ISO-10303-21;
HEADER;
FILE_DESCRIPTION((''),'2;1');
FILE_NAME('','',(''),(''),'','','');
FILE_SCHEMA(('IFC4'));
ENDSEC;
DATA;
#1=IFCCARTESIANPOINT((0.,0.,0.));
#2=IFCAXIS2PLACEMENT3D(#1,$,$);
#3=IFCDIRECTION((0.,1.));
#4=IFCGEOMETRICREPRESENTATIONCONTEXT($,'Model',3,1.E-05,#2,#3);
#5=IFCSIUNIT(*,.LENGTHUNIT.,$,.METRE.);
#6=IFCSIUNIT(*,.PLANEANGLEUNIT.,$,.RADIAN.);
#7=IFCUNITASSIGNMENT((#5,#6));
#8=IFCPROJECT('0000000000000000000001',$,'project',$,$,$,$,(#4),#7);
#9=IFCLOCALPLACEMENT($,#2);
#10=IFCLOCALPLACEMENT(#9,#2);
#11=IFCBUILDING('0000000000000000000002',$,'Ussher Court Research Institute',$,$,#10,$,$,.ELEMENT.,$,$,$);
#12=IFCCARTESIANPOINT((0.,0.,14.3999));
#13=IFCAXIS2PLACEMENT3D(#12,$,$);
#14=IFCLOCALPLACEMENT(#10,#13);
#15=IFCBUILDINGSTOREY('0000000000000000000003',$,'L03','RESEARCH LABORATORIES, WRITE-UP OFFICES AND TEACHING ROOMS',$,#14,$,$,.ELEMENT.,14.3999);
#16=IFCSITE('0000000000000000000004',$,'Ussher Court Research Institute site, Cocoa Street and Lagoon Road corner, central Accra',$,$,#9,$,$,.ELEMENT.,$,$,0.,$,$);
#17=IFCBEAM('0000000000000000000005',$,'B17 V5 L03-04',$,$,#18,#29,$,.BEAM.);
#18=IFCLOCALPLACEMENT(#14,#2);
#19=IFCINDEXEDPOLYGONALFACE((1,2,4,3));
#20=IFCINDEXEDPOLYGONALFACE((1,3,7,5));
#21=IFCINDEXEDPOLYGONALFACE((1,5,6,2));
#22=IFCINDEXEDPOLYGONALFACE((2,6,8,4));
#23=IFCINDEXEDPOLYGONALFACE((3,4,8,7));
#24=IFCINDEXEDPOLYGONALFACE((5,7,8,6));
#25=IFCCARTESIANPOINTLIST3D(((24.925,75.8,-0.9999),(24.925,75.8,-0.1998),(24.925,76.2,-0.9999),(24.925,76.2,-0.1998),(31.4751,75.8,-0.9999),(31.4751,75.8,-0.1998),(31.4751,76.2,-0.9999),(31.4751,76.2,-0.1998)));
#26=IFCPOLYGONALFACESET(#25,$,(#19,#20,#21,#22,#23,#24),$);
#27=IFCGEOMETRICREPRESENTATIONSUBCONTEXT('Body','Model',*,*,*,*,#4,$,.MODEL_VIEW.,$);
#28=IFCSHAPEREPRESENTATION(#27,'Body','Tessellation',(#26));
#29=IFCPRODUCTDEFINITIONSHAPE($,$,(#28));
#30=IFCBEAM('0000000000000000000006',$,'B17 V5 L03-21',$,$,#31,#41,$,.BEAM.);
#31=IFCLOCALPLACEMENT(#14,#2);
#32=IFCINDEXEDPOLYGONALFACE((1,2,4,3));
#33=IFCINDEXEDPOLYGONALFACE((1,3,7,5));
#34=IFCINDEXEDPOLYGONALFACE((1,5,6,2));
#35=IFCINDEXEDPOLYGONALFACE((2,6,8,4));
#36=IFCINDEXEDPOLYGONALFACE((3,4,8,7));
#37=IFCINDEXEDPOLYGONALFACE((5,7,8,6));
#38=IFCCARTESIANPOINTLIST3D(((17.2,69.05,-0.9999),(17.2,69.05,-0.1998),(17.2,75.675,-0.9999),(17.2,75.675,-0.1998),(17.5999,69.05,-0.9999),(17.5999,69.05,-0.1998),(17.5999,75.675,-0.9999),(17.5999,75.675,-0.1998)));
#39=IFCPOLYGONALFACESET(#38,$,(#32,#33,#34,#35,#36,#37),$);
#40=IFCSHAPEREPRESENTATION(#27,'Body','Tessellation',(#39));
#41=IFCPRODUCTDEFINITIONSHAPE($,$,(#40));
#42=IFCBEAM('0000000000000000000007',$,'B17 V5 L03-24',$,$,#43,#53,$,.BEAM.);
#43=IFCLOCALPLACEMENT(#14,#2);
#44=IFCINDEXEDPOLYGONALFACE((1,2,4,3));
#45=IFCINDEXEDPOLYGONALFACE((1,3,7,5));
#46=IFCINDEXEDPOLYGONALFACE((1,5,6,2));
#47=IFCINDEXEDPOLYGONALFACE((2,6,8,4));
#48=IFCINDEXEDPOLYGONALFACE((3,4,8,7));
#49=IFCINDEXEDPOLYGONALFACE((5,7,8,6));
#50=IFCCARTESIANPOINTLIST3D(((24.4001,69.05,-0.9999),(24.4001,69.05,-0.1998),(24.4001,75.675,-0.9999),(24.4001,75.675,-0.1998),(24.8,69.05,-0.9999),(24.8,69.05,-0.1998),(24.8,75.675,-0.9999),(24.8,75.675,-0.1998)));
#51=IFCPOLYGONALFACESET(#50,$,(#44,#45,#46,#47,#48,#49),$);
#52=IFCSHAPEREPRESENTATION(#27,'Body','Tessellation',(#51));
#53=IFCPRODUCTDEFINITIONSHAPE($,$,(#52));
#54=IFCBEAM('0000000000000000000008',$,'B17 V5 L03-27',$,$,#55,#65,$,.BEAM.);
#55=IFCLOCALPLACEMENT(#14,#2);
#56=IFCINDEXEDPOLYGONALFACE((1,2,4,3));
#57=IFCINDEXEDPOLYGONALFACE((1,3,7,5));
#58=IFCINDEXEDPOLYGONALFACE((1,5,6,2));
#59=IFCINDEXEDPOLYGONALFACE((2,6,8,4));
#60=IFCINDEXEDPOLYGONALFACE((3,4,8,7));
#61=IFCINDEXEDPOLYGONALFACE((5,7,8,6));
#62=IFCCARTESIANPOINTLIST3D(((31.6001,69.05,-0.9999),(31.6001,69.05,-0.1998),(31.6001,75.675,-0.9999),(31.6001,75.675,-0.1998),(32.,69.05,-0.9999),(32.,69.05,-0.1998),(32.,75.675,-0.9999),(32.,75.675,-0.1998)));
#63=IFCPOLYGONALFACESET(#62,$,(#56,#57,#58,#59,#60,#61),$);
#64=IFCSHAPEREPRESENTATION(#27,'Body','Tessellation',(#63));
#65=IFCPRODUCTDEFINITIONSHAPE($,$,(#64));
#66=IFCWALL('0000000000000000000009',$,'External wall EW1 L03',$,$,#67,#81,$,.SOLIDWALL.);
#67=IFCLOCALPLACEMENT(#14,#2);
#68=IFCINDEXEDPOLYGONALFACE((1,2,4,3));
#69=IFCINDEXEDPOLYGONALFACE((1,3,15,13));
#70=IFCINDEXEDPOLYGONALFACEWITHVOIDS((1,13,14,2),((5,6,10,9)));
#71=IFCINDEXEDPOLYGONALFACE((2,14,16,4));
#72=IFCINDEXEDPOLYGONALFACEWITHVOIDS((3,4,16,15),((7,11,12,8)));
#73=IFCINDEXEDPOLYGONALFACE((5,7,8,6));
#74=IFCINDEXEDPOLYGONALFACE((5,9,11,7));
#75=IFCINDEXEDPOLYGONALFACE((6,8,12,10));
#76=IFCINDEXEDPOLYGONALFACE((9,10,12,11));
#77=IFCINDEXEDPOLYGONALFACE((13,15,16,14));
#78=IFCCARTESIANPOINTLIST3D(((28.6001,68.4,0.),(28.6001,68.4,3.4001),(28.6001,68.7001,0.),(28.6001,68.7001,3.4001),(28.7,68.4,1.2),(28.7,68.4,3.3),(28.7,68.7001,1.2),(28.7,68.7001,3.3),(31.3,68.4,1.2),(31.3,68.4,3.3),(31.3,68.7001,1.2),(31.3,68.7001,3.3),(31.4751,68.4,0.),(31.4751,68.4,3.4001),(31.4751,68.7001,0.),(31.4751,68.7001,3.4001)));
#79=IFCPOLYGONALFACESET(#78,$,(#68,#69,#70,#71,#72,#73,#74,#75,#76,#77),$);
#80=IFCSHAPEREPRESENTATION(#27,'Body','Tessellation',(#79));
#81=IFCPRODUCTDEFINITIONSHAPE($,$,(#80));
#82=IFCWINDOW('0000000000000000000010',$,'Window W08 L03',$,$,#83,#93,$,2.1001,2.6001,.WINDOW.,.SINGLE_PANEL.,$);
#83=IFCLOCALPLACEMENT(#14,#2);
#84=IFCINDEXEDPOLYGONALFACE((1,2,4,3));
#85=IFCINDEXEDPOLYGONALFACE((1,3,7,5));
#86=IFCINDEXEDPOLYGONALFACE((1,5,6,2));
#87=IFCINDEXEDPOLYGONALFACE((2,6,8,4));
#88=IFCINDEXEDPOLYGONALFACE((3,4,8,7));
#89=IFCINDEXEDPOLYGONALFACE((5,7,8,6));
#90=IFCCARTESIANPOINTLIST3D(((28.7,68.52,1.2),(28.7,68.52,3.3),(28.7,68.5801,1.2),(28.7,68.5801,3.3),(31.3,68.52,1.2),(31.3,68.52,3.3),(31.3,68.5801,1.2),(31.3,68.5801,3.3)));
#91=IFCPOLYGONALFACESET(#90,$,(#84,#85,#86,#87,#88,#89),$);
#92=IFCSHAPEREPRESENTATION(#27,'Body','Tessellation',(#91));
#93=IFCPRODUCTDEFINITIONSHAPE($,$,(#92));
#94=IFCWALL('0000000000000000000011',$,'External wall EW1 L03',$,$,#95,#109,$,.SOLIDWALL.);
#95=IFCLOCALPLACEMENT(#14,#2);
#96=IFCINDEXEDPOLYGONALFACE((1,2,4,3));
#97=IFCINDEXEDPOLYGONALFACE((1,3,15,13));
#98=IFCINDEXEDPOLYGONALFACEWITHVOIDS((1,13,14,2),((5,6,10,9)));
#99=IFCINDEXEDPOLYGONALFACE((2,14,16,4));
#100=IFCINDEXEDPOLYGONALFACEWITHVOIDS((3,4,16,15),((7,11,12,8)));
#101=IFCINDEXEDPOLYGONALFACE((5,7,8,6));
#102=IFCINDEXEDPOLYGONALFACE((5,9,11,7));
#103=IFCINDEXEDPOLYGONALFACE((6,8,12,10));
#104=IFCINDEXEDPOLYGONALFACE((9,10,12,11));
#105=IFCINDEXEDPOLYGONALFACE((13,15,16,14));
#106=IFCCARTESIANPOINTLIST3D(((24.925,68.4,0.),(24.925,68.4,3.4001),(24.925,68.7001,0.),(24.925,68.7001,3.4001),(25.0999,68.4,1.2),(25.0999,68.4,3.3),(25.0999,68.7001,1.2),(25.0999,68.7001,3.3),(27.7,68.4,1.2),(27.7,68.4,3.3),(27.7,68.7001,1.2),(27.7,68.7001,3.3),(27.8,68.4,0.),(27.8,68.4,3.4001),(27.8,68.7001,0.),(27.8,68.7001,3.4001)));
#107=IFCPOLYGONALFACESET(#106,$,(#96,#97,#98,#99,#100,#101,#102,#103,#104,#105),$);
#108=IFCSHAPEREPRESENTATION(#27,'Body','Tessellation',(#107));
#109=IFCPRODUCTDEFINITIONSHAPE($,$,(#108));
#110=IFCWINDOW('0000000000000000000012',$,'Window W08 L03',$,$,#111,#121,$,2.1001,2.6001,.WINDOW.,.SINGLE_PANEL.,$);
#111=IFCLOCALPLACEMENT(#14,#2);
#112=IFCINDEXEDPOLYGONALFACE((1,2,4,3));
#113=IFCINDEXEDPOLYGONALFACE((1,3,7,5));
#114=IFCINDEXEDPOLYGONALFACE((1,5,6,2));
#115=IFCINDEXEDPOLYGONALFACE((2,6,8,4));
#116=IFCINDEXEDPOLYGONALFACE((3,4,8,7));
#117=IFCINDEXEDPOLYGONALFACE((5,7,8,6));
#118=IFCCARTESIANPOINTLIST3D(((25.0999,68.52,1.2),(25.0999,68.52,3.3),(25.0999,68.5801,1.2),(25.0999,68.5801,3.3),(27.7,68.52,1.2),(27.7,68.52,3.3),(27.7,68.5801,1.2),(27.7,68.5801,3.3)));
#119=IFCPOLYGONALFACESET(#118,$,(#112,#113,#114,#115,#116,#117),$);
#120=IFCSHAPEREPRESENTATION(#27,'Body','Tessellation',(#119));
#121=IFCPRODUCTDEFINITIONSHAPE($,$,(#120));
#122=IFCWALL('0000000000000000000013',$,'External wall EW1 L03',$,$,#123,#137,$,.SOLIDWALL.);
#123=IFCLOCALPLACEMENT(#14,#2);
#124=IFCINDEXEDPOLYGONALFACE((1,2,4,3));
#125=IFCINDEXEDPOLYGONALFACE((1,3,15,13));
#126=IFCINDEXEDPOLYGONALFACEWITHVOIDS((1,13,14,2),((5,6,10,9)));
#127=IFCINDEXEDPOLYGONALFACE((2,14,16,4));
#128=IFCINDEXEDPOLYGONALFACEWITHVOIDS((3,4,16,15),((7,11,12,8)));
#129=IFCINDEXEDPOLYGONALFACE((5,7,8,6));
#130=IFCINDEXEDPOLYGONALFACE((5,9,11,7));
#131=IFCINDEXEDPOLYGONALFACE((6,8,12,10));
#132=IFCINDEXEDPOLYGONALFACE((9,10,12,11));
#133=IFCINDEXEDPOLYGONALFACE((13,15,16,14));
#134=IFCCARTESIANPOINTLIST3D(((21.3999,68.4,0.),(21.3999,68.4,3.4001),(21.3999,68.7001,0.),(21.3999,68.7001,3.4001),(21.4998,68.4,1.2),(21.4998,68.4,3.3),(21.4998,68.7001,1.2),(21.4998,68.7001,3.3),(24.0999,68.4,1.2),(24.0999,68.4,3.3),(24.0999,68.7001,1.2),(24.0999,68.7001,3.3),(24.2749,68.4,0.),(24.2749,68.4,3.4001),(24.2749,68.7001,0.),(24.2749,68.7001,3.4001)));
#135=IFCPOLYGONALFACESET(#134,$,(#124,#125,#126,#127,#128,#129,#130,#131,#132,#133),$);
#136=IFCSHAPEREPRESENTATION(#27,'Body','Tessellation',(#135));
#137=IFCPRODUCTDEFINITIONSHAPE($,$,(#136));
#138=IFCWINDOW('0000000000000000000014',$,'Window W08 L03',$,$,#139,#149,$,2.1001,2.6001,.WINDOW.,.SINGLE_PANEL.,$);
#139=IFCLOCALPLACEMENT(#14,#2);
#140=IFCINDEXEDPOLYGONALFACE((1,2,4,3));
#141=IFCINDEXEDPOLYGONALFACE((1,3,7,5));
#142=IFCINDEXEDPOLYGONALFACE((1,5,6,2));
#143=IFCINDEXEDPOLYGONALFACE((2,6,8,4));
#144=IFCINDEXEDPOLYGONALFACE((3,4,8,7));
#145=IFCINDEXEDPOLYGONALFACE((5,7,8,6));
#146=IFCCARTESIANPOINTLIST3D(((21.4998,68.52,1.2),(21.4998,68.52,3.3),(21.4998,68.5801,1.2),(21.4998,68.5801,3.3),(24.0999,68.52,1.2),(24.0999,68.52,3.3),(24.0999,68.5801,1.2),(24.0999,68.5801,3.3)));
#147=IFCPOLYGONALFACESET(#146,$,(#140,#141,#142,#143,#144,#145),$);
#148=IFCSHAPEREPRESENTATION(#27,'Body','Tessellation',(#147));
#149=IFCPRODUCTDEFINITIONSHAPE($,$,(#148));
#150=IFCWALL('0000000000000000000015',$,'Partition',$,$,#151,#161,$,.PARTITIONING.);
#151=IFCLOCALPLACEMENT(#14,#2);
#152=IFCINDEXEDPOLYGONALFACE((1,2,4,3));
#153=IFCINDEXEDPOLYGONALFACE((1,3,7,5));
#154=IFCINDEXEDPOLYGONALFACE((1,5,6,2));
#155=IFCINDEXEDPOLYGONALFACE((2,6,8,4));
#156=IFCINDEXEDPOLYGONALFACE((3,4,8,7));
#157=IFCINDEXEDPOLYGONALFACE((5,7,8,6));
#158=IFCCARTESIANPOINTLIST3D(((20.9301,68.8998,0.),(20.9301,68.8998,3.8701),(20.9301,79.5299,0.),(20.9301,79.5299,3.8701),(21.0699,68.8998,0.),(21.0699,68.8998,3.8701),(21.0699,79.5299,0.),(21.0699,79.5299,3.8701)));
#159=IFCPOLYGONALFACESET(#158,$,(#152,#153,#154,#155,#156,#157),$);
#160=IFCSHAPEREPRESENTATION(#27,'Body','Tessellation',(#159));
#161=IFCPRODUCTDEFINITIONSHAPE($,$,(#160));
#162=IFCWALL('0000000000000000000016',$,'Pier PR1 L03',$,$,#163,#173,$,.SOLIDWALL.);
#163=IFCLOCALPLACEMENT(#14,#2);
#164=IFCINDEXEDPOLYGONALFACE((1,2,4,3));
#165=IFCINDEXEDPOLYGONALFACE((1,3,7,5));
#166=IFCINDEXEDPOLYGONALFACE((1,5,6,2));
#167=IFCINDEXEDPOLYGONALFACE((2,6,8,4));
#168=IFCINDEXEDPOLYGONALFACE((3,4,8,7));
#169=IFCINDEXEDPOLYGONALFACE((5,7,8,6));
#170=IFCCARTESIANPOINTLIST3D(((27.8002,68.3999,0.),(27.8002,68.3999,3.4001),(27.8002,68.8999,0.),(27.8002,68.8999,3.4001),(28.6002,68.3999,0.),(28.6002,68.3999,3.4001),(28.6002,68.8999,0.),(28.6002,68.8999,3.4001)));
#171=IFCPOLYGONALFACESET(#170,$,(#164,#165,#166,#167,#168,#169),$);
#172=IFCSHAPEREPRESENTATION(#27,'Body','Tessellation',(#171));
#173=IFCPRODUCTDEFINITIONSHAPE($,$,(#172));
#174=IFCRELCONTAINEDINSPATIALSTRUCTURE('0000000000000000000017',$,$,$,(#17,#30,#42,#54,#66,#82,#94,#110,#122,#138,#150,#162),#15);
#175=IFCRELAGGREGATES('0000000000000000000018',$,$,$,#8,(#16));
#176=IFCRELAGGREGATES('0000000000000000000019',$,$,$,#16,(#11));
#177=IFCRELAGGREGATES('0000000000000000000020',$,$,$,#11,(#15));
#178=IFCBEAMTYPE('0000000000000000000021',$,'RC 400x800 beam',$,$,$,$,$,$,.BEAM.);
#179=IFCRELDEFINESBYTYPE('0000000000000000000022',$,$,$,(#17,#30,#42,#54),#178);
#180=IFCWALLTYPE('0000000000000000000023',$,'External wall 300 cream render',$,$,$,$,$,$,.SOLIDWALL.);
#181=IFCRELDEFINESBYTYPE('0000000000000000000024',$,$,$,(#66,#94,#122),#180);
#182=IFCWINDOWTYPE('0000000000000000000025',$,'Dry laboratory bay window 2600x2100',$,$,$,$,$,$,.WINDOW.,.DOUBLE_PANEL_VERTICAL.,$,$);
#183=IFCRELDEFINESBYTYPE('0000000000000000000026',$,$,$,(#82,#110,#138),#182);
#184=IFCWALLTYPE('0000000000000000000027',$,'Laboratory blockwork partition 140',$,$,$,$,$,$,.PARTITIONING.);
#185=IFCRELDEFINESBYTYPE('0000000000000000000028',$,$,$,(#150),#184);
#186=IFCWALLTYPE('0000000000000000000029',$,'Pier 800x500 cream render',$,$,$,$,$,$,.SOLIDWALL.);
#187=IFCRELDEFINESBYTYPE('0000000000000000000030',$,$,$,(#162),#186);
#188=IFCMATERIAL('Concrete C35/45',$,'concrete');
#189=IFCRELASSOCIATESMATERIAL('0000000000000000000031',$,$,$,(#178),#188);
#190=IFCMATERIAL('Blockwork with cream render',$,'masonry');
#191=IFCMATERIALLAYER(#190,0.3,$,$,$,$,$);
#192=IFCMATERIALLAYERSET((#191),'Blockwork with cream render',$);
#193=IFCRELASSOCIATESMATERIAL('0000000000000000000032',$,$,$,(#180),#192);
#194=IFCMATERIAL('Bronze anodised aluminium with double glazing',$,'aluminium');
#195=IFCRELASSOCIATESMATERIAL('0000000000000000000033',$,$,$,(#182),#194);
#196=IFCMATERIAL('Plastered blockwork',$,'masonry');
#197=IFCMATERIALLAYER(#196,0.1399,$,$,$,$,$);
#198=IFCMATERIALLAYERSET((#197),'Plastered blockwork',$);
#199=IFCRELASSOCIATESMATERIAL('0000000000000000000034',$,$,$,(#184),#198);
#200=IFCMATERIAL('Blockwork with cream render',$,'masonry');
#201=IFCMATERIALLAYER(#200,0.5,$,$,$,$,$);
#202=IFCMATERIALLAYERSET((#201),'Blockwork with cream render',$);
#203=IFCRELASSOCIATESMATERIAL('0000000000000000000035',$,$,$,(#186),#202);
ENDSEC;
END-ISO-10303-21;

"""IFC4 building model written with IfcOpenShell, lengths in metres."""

from ifc_helpers import new_model, si_unit, direction, frame, frame_2d, origin, origin_2d, place, context, subcontext, project, spatial, rectangle, extrude, material, layer, layer_set, material_profile, profile_set, type_object, element, fill, save


model = new_model("IFC4")

# Units and contexts
model_context = context("Model", 3, precision=1e-05, world=origin(), true_north=direction((0.0, 1.0)))
body_context = subcontext(model_context, "Body", "Model", "MODEL_VIEW")
ifc_project = project(units=[si_unit("LENGTHUNIT", "METRE"), si_unit("PLANEANGLEUNIT", "RADIAN")], contexts=[model_context])

# Site, building, storey
site_placement = place(None, origin())
site = spatial("IfcSite", under=ifc_project, at=site_placement, Name="Ussher Court Research Institute site, Cocoa Street and Lagoon Road corner, central Accra", CompositionType="ELEMENT", RefElevation=0.0)
building_placement = place(site_placement, origin())
building = spatial("IfcBuilding", under=site, at=building_placement, Name="Ussher Court Research Institute", CompositionType="ELEMENT")
storey_placement = place(building_placement, frame((0.0, 0.0, 14.3999)))
storey = spatial("IfcBuildingStorey", under=building, at=storey_placement, Name="L03", Description="RESEARCH LABORATORIES, WRITE-UP OFFICES AND TEACHING ROOMS", CompositionType="ELEMENT", Elevation=14.3999)

# Beams
ifc_material_1 = material(Name="Concrete C35/45", Category="concrete")
ifc_material_profile_1 = material_profile(ifc_material_1, rectangle(XDim=0.3999, YDim=0.8, at=origin_2d()), Name="RC 400x800")
ifc_profile_set_1 = profile_set([ifc_material_profile_1], Name="Concrete C35/45")
beam_type_1 = type_object("IfcBeamType", Name="RC 400x800 beam", PredefinedType="BEAM", material=ifc_profile_set_1)
beam_1_placement = place(storey_placement, frame((24.925, 76.0, -0.5999), z_axis=(1.0, 0.0, 0.0), x_axis=(0.0, 1.0, 0.0)))
element("IfcBeam", 1, at=beam_1_placement, inside=storey, type_object=beam_type_1, Name="B17 V5 L03-04", PredefinedType="BEAM", context=body_context, shape_type="SweptSolid", body=[
    extrude(rectangle(XDim=0.3999, YDim=0.8, at=origin_2d()), origin(), (0.0, 0.0, 1.0), 6.55),
])
for number, where, z_axis, x_axis, name in (
    (2, (17.3999, 69.05, -0.5999), (0.0, 1.0, 0.0), (-1.0, 0.0, 0.0), "B17 V5 L03-21"),
    (3, (24.6001, 69.05, -0.5999), (0.0, 1.0, 0.0), (-1.0, 0.0, 0.0), "B17 V5 L03-24"),
    (4, (31.8, 69.05, -0.5999), (0.0, 1.0, 0.0), (-1.0, 0.0, 0.0), "B17 V5 L03-27"),
):
    element("IfcBeam", number, at=place(storey_placement, frame(where, z_axis=z_axis, x_axis=x_axis)), inside=storey, type_object=beam_type_1, Name=name, PredefinedType="BEAM", context=body_context, shape_type="SweptSolid", body=[
        extrude(rectangle(XDim=0.3999, YDim=0.8, at=origin_2d()), origin(), (0.0, 0.0, 1.0), 6.625),
    ])

# Walls, openings, windows
ifc_material_2 = material(Name="Blockwork with cream render", Category="masonry")
ifc_layer_1 = layer(ifc_material_2, 0.3)
ifc_layer_set_1 = layer_set([ifc_layer_1], Name="Blockwork with cream render")
wall_type_1 = type_object("IfcWallType", Name="External wall 300 cream render", PredefinedType="SOLIDWALL", material=ifc_layer_set_1)
wall_1_placement = place(storey_placement, frame((31.4751, 68.55, 0.0), z_axis=(0.0, 0.0, 1.0), x_axis=(-1.0, 0.0, 0.0)))
wall_1 = element("IfcWall", 5, at=wall_1_placement, inside=storey, type_object=wall_type_1, Name="External wall EW1 L03", PredefinedType="SOLIDWALL", context=body_context, shape_type="SweptSolid", body=[
    extrude(rectangle(XDim=2.875, YDim=0.3, at=frame_2d((1.4375, 0.0))), origin(), (0.0, 0.0, 1.0), 3.4001),
])
opening_1_placement = place(wall_1_placement, frame((0.175, 0.0, 1.2)))
opening_1 = element("IfcOpeningElement", 6, at=opening_1_placement, cuts=wall_1, PredefinedType="OPENING", context=body_context, shape_type="SweptSolid", body=[
    extrude(rectangle(XDim=2.6001, YDim=2.1001, at=frame_2d((1.3, 1.05))), frame((0.0, 0.1602, 0.0), z_axis=(0.0, -1.0, 0.0), x_axis=(1.0, 0.0, 0.0)), (0.0, 0.0, 1.0), 0.3201),
])
ifc_material_3 = material(Name="Bronze anodised aluminium with double glazing", Category="aluminium")
window_type = type_object("IfcWindowType", Name="Dry laboratory bay window 2600x2100", PartitioningType="DOUBLE_PANEL_VERTICAL", PredefinedType="WINDOW", material=ifc_material_3)
window_1_placement = place(opening_1_placement, origin())
window_1 = element("IfcWindow", 7, at=window_1_placement, inside=storey, type_object=window_type, Name="Window W08 L03", OverallHeight=2.1001, OverallWidth=2.6001, PartitioningType="SINGLE_PANEL", PredefinedType="WINDOW", context=body_context, shape_type="SweptSolid", body=[
    extrude(rectangle(XDim=2.6001, YDim=2.1001, at=frame_2d((1.3, 1.05))), frame((0.0, 0.03, 0.0), z_axis=(0.0, -1.0, 0.0), x_axis=(1.0, 0.0, 0.0)), (0.0, 0.0, 1.0), 0.0601),
])
fill(opening_1, window_1)
wall_2_placement = place(storey_placement, frame((27.8, 68.55, 0.0), z_axis=(0.0, 0.0, 1.0), x_axis=(-1.0, 0.0, 0.0)))
wall_2 = element("IfcWall", 8, at=wall_2_placement, inside=storey, type_object=wall_type_1, Name="External wall EW1 L03", PredefinedType="SOLIDWALL", context=body_context, shape_type="SweptSolid", body=[
    extrude(rectangle(XDim=2.875, YDim=0.3, at=frame_2d((1.4375, 0.0))), origin(), (0.0, 0.0, 1.0), 3.4001),
])
opening_2_placement = place(wall_2_placement, frame((0.1001, 0.0, 1.2)))
opening_2 = element("IfcOpeningElement", 9, at=opening_2_placement, cuts=wall_2, PredefinedType="OPENING", context=body_context, shape_type="SweptSolid", body=[
    extrude(rectangle(XDim=2.6001, YDim=2.1001, at=frame_2d((1.3, 1.05))), frame((0.0, 0.1602, 0.0), z_axis=(0.0, -1.0, 0.0), x_axis=(1.0, 0.0, 0.0)), (0.0, 0.0, 1.0), 0.3201),
])
window_2_placement = place(opening_2_placement, origin())
window_2 = element("IfcWindow", 10, at=window_2_placement, inside=storey, type_object=window_type, Name="Window W08 L03", OverallHeight=2.1001, OverallWidth=2.6001, PartitioningType="SINGLE_PANEL", PredefinedType="WINDOW", context=body_context, shape_type="SweptSolid", body=[
    extrude(rectangle(XDim=2.6001, YDim=2.1001, at=frame_2d((1.3, 1.05))), frame((0.0, 0.03, 0.0), z_axis=(0.0, -1.0, 0.0), x_axis=(1.0, 0.0, 0.0)), (0.0, 0.0, 1.0), 0.0601),
])
fill(opening_2, window_2)
wall_3_placement = place(storey_placement, frame((24.2749, 68.55, 0.0), z_axis=(0.0, 0.0, 1.0), x_axis=(-1.0, 0.0, 0.0)))
wall_3 = element("IfcWall", 11, at=wall_3_placement, inside=storey, type_object=wall_type_1, Name="External wall EW1 L03", PredefinedType="SOLIDWALL", context=body_context, shape_type="SweptSolid", body=[
    extrude(rectangle(XDim=2.875, YDim=0.3, at=frame_2d((1.4375, 0.0))), origin(), (0.0, 0.0, 1.0), 3.4001),
])
opening_3_placement = place(wall_3_placement, frame((0.175, 0.0, 1.2)))
opening_3 = element("IfcOpeningElement", 12, at=opening_3_placement, cuts=wall_3, PredefinedType="OPENING", context=body_context, shape_type="SweptSolid", body=[
    extrude(rectangle(XDim=2.6001, YDim=2.1001, at=frame_2d((1.3, 1.05))), frame((0.0, 0.1602, 0.0), z_axis=(0.0, -1.0, 0.0), x_axis=(1.0, 0.0, 0.0)), (0.0, 0.0, 1.0), 0.3201),
])
window_3_placement = place(opening_3_placement, origin())
window_3 = element("IfcWindow", 13, at=window_3_placement, inside=storey, type_object=window_type, Name="Window W08 L03", OverallHeight=2.1001, OverallWidth=2.6001, PartitioningType="SINGLE_PANEL", PredefinedType="WINDOW", context=body_context, shape_type="SweptSolid", body=[
    extrude(rectangle(XDim=2.6001, YDim=2.1001, at=frame_2d((1.3, 1.05))), frame((0.0, 0.03, 0.0), z_axis=(0.0, -1.0, 0.0), x_axis=(1.0, 0.0, 0.0)), (0.0, 0.0, 1.0), 0.0601),
])
fill(opening_3, window_3)

# Walls
ifc_material_4 = material(Name="Plastered blockwork", Category="masonry")
ifc_layer_2 = layer(ifc_material_4, 0.1399)
ifc_layer_set_2 = layer_set([ifc_layer_2], Name="Plastered blockwork")
wall_type_2 = type_object("IfcWallType", Name="Laboratory blockwork partition 140", PredefinedType="PARTITIONING", material=ifc_layer_set_2)
wall_4_placement = place(storey_placement, frame((21.0, 68.8999, 0.0), z_axis=(0.0, 0.0, 1.0), x_axis=(0.0, 1.0, 0.0)))
element("IfcWall", 14, at=wall_4_placement, inside=storey, type_object=wall_type_2, Name="Partition", PredefinedType="PARTITIONING", context=body_context, shape_type="SweptSolid", body=[
    extrude(rectangle(XDim=10.6301, YDim=0.1399, at=frame_2d((5.3149, 0.0))), origin(), (0.0, 0.0, 1.0), 3.8701),
])
ifc_material_5 = material(Name="Blockwork with cream render", Category="masonry")
ifc_layer_3 = layer(ifc_material_5, 0.5)
ifc_layer_set_3 = layer_set([ifc_layer_3], Name="Blockwork with cream render")
wall_type_3 = type_object("IfcWallType", Name="Pier 800x500 cream render", PredefinedType="SOLIDWALL", material=ifc_layer_set_3)
wall_5_placement = place(storey_placement, frame((28.6001, 68.6499, 0.0), z_axis=(0.0, 0.0, 1.0), x_axis=(-1.0, 0.0, 0.0)))
element("IfcWall", 15, at=wall_5_placement, inside=storey, type_object=wall_type_3, Name="Pier PR1 L03", PredefinedType="SOLIDWALL", context=body_context, shape_type="SweptSolid", body=[
    extrude(rectangle(XDim=0.8, YDim=0.5, at=frame_2d((0.3999, 0.0))), origin(), (0.0, 0.0, 1.0), 3.4001),
])

save(model, "model.ifc")
